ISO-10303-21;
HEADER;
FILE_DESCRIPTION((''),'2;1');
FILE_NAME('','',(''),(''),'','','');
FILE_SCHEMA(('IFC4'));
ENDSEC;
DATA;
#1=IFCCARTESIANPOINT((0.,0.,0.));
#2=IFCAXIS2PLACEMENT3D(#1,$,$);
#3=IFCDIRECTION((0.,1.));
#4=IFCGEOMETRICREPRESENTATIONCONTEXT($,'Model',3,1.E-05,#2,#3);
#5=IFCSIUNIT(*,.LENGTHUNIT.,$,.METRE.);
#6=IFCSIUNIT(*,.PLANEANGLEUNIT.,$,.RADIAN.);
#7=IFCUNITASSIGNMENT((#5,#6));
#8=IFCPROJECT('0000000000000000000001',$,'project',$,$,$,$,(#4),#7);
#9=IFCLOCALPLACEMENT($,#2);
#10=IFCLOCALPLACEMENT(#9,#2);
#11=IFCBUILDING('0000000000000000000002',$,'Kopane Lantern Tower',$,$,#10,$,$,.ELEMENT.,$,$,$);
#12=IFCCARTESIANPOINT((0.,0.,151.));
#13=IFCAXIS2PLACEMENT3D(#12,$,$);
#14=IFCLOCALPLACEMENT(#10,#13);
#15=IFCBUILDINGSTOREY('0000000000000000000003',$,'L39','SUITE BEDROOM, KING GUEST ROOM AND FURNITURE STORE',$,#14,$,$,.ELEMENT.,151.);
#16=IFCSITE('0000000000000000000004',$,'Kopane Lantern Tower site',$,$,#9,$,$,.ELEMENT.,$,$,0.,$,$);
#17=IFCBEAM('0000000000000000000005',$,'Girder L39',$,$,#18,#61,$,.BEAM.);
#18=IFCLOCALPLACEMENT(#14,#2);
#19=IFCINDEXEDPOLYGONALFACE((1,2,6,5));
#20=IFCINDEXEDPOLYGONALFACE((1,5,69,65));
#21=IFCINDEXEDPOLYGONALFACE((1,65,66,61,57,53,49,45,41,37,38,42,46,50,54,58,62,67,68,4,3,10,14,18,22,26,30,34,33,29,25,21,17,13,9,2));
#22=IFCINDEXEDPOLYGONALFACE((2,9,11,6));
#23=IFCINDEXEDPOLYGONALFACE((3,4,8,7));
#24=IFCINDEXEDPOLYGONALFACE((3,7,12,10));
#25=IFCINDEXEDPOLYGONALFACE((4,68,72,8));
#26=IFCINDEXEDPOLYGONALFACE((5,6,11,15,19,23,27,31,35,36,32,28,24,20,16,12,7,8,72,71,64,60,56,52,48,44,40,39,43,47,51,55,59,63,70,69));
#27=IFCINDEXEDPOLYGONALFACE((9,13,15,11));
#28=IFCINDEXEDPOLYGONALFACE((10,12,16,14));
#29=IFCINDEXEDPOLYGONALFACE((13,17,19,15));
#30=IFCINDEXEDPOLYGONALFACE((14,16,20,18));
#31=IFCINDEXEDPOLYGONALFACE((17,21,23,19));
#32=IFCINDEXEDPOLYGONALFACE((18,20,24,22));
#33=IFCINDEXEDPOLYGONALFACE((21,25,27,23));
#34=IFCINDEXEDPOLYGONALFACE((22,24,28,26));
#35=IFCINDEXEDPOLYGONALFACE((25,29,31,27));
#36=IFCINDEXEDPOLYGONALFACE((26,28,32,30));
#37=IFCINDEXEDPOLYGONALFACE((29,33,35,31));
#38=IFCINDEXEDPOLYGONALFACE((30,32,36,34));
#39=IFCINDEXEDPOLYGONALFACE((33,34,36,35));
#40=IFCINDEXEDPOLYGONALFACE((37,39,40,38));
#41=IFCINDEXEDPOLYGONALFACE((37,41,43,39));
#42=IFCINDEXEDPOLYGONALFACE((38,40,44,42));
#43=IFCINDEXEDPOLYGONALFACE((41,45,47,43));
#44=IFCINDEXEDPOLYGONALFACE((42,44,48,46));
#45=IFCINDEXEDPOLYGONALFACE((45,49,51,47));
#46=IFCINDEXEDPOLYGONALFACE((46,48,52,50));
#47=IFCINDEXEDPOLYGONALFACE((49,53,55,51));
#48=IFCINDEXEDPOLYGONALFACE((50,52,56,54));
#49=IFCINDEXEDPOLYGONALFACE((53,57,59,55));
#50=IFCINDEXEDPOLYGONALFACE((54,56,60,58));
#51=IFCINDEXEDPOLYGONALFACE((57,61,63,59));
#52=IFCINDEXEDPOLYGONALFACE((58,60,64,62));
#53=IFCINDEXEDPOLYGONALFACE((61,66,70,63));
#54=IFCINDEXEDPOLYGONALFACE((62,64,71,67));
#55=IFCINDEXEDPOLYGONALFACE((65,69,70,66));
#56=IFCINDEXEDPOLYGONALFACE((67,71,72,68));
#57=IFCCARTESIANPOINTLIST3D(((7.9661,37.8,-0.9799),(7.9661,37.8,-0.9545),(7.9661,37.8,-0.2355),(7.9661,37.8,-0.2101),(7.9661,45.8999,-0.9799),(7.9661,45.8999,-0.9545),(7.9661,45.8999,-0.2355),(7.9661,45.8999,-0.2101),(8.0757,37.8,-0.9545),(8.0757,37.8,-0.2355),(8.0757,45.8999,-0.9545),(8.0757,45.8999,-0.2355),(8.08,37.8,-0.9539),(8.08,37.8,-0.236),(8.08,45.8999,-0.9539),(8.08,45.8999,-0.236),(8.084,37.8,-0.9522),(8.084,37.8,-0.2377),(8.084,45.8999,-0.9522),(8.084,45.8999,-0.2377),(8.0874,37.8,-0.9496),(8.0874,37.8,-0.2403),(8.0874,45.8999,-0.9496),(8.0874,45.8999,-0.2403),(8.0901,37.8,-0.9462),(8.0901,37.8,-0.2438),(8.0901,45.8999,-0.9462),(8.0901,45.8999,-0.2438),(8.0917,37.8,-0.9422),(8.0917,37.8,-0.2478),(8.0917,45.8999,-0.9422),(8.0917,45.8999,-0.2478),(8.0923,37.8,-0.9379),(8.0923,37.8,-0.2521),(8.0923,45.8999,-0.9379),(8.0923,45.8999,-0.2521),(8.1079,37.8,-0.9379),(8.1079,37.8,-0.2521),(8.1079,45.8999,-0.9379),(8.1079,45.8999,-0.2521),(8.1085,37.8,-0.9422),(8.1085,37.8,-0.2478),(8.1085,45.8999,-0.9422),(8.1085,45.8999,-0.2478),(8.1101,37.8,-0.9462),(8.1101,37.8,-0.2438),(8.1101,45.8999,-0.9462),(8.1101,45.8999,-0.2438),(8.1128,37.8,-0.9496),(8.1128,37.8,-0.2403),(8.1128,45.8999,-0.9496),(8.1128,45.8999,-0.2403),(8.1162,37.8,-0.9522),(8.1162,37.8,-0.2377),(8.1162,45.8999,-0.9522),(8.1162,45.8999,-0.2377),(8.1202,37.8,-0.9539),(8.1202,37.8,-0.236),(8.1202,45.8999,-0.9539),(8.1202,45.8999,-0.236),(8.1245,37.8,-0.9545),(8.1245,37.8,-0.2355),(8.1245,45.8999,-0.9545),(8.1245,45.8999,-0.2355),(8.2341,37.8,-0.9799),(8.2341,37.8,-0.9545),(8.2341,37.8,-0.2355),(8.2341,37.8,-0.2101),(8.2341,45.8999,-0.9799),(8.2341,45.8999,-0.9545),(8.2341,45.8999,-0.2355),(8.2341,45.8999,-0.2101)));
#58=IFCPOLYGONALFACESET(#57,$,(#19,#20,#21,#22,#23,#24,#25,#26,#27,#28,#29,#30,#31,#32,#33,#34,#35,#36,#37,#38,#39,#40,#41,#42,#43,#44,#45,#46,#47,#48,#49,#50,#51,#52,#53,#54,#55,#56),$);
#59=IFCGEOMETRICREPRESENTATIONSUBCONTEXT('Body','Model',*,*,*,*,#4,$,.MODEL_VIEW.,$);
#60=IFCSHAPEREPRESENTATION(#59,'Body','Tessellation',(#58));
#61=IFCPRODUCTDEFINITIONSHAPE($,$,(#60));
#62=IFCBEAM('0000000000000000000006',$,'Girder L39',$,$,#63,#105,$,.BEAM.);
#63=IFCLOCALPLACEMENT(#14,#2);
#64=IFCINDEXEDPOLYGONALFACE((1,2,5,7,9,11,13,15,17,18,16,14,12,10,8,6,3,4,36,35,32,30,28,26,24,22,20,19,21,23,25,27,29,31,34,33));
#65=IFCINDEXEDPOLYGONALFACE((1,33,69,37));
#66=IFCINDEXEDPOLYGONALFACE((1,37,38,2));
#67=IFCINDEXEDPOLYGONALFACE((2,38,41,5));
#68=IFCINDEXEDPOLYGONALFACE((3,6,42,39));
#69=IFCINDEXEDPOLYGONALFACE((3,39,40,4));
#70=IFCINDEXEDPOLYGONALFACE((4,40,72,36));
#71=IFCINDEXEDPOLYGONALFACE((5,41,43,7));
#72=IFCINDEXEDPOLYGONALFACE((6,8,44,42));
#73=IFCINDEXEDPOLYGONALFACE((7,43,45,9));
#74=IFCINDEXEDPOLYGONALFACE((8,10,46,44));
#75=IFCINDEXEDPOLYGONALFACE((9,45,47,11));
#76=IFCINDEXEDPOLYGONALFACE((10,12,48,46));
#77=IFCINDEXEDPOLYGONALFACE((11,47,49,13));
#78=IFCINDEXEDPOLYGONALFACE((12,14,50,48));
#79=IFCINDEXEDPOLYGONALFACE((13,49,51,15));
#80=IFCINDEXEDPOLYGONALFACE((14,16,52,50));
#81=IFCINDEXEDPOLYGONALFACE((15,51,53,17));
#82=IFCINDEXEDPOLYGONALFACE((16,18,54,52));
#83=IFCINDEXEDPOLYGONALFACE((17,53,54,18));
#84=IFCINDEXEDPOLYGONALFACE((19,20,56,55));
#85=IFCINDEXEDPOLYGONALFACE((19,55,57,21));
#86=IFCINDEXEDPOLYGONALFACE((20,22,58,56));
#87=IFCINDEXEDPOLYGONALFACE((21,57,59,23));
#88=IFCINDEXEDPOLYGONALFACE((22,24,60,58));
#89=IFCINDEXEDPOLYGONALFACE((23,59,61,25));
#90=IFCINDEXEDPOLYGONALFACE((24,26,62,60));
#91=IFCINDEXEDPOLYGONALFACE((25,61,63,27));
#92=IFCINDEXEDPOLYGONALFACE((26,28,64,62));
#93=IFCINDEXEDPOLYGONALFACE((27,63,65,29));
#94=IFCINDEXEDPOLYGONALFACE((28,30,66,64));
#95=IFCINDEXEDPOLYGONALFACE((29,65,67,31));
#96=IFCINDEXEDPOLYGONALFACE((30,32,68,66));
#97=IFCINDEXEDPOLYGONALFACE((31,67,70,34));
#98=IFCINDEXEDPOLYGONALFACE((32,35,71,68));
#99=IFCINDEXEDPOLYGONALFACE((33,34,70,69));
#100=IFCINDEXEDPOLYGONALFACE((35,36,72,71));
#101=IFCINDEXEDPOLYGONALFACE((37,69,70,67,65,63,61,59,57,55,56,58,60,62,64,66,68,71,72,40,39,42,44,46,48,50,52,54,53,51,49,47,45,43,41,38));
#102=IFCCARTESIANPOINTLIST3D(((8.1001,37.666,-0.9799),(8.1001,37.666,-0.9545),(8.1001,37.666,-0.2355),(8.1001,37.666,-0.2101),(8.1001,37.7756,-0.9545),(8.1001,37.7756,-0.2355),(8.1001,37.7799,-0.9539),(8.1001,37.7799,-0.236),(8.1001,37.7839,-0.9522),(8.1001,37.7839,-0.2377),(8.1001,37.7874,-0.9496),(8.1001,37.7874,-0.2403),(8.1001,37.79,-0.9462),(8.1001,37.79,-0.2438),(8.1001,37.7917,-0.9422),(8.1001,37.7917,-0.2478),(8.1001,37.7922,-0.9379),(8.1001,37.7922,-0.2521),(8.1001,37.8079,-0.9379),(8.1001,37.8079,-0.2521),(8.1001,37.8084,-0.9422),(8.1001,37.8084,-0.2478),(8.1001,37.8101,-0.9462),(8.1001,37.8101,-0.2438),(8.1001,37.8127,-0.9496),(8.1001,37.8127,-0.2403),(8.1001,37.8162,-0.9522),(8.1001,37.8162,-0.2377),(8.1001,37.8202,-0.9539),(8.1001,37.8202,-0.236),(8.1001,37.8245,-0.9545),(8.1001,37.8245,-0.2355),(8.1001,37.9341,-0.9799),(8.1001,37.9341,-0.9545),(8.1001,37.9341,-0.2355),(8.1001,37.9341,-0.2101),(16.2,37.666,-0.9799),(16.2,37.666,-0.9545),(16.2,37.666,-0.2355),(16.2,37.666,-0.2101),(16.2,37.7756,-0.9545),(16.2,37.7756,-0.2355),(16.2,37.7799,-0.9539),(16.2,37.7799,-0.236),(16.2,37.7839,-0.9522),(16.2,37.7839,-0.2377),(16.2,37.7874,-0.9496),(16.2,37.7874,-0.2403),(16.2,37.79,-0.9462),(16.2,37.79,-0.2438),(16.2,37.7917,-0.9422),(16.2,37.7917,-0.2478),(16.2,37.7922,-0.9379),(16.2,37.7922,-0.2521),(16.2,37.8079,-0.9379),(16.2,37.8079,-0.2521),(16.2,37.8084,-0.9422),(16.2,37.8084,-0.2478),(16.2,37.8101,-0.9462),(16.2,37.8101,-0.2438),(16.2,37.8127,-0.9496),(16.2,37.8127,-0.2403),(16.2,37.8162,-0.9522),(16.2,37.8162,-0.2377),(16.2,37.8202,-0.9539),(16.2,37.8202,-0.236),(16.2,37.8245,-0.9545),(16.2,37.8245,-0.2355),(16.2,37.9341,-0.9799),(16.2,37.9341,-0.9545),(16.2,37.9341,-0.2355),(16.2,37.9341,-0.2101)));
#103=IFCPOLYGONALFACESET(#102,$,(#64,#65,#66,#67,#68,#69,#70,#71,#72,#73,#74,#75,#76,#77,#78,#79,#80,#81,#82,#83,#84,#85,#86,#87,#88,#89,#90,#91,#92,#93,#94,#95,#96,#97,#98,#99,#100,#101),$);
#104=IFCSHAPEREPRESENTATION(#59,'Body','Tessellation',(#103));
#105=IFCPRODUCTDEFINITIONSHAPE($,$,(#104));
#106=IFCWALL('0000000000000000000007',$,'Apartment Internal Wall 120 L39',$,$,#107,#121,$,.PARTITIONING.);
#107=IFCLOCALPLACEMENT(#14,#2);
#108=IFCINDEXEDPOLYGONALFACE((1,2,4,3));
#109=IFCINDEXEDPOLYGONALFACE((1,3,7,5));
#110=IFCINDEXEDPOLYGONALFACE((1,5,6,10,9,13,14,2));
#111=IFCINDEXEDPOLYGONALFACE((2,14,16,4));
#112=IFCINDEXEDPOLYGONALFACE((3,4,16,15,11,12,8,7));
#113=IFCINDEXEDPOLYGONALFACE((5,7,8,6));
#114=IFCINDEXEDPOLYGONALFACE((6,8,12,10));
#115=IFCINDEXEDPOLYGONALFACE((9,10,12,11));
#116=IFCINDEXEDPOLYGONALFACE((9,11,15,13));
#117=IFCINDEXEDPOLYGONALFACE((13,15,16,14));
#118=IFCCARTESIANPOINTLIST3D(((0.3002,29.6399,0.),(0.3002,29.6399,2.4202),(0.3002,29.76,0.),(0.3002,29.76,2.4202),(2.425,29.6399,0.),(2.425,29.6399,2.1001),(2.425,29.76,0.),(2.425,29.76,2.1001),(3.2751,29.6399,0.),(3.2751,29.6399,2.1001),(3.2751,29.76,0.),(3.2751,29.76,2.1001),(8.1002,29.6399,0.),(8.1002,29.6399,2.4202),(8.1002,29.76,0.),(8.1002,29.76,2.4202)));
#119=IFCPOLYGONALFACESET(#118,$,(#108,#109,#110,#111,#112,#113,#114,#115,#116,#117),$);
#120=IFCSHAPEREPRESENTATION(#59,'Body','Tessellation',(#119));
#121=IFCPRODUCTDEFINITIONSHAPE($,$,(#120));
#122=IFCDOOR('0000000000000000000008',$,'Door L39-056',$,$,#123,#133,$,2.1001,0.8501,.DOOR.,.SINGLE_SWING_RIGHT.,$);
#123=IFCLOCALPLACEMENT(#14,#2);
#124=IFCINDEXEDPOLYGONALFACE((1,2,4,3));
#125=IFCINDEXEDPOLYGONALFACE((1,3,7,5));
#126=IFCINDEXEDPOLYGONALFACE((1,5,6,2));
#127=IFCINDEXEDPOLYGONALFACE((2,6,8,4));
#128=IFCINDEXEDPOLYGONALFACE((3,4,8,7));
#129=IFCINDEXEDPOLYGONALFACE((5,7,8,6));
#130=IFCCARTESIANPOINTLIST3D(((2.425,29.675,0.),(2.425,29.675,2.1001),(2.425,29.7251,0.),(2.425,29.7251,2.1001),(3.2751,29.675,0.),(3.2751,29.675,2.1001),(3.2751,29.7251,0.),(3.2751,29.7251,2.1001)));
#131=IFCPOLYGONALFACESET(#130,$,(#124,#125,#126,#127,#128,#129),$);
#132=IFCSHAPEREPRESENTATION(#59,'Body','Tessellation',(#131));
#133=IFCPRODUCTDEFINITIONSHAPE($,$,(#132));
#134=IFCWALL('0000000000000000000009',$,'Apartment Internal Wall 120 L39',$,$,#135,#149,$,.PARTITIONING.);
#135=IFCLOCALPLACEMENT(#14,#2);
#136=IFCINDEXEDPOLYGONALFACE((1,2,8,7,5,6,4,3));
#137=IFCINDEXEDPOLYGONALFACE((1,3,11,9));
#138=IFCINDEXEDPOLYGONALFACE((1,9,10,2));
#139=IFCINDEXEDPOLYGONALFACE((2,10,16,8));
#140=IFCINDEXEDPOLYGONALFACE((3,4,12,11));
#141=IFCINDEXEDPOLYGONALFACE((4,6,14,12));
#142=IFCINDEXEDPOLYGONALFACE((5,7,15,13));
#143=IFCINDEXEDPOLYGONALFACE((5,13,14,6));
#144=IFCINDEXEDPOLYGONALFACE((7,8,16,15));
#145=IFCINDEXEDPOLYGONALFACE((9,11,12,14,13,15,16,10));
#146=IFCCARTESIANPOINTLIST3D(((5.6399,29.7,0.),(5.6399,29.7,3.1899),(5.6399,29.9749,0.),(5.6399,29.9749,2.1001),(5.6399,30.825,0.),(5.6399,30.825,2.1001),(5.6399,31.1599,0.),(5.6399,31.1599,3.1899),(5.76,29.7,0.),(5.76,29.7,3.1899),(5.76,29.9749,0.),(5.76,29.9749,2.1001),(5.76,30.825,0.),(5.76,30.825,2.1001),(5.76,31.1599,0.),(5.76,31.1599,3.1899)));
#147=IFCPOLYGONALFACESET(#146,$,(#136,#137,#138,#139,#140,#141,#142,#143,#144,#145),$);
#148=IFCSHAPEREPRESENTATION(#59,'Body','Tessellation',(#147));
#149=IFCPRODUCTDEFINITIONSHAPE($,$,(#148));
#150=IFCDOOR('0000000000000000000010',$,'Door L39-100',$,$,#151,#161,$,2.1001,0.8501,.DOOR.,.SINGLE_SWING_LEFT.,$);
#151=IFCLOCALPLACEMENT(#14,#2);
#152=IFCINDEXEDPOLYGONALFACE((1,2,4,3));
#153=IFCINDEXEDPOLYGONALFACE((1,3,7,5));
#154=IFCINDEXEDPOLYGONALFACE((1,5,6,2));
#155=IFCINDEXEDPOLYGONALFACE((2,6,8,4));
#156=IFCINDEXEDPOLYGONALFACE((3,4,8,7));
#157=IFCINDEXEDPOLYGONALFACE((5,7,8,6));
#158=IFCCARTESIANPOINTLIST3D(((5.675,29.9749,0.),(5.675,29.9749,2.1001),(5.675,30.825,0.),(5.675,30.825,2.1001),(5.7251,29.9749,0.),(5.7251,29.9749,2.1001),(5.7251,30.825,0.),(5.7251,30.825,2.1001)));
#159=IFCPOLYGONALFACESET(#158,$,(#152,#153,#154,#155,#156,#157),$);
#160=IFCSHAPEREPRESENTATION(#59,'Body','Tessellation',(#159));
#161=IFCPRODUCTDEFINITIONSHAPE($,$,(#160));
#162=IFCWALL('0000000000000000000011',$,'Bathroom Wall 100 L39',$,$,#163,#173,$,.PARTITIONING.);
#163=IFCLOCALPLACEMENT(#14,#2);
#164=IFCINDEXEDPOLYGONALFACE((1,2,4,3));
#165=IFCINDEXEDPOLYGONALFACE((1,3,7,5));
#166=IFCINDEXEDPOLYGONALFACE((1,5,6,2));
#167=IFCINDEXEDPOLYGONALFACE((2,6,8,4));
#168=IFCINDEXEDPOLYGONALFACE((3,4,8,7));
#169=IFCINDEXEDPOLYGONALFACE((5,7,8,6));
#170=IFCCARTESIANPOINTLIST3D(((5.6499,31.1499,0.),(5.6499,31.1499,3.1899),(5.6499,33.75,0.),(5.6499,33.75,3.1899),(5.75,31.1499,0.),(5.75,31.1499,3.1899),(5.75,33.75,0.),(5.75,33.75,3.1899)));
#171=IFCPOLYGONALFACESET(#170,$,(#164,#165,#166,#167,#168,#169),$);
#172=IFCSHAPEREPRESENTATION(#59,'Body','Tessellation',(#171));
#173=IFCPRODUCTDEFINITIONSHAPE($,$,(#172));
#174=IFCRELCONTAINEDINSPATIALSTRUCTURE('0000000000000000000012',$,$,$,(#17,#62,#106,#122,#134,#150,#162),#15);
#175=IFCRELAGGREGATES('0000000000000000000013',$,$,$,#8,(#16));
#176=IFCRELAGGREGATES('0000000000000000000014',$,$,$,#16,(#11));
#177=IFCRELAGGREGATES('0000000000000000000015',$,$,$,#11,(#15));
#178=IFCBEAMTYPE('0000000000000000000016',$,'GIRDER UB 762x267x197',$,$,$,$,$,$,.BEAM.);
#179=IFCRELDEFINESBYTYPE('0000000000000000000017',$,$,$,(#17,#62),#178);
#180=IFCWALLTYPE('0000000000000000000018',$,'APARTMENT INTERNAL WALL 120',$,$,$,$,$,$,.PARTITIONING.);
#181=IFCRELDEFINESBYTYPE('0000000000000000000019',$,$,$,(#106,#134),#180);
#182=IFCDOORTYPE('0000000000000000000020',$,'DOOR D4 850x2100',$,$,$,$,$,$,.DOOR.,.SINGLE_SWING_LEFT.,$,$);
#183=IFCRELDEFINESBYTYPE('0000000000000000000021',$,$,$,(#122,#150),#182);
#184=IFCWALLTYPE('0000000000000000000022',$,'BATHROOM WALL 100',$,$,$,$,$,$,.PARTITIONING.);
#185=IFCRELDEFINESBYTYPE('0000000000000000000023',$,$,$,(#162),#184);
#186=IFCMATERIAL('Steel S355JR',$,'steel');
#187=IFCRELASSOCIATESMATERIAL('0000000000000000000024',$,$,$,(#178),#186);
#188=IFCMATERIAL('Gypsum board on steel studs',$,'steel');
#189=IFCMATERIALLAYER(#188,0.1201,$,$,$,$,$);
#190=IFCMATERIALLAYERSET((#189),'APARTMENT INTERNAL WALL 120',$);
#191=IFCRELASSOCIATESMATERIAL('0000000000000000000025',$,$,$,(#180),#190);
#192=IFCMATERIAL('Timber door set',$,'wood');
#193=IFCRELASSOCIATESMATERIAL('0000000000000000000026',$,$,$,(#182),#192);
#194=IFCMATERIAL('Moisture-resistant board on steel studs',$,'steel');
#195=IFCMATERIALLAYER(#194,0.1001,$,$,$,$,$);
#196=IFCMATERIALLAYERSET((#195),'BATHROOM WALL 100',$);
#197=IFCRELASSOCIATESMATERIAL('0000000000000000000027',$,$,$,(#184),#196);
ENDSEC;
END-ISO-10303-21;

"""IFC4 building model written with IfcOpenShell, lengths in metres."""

from ifc_helpers import new_model, si_unit, direction, frame, frame_2d, origin, origin_2d, place, context, subcontext, project, spatial, rectangle, i_section, extrude, material, layer, layer_set, material_profile, profile_set, type_object, element, fill, save


model = new_model("IFC4")

# Units and contexts
model_context = context("Model", 3, precision=1e-05, world=origin(), true_north=direction((0.0, 1.0)))
body_context = subcontext(model_context, "Body", "Model", "MODEL_VIEW")
ifc_project = project(units=[si_unit("LENGTHUNIT", "METRE"), si_unit("PLANEANGLEUNIT", "RADIAN")], contexts=[model_context])

# Site, building, storey
site_placement = place(None, origin())
site = spatial("IfcSite", under=ifc_project, at=site_placement, Name="Kopane Lantern Tower site", CompositionType="ELEMENT", RefElevation=0.0)
building_placement = place(site_placement, origin())
building = spatial("IfcBuilding", under=site, at=building_placement, Name="Kopane Lantern Tower", CompositionType="ELEMENT")
storey_placement = place(building_placement, frame((0.0, 0.0, 151.0)))
storey = spatial("IfcBuildingStorey", under=building, at=storey_placement, Name="L39", Description="SUITE BEDROOM, KING GUEST ROOM AND FURNITURE STORE", CompositionType="ELEMENT", Elevation=151.0)

# Beams
ifc_material_1 = material(Name="Steel S355JR", Category="steel")
ifc_material_profile_1 = material_profile(ifc_material_1, i_section(OverallWidth=0.2681, OverallDepth=0.7698, WebThickness=0.0156, FlangeThickness=0.0254, FilletRadius=0.0166, at=origin_2d()), Name="UB 762x267x197")
ifc_profile_set_1 = profile_set([ifc_material_profile_1], Name="Steel S355JR")
beam_type = type_object("IfcBeamType", Name="GIRDER UB 762x267x197", PredefinedType="BEAM", material=ifc_profile_set_1)
for number, where, z_axis, x_axis, name in (
    (1, (8.1001, 37.8, -0.595), (0.0, 1.0, 0.0), (-1.0, 0.0, 0.0), "Girder L39"),
    (2, (8.1001, 37.8, -0.595), (1.0, 0.0, 0.0), (0.0, 1.0, 0.0), "Girder L39"),
):
    element("IfcBeam", number, at=place(storey_placement, frame(where, z_axis=z_axis, x_axis=x_axis)), inside=storey, type_object=beam_type, Name=name, PredefinedType="BEAM", context=body_context, shape_type="SweptSolid", body=[
        extrude(i_section(OverallWidth=0.2681, OverallDepth=0.7698, WebThickness=0.0156, FlangeThickness=0.0254, FilletRadius=0.0166, at=origin_2d()), origin(), (0.0, 0.0, 1.0), 8.0999),
    ])

# Walls, openings, doors
ifc_material_2 = material(Name="Gypsum board on steel studs", Category="steel")
ifc_layer_1 = layer(ifc_material_2, 0.1201)
ifc_layer_set_1 = layer_set([ifc_layer_1], Name="APARTMENT INTERNAL WALL 120")
wall_type_1 = type_object("IfcWallType", Name="APARTMENT INTERNAL WALL 120", PredefinedType="PARTITIONING", material=ifc_layer_set_1)
wall_1_placement = place(storey_placement, frame((8.1001, 29.7, 0.0), z_axis=(0.0, 0.0, 1.0), x_axis=(-1.0, 0.0, 0.0)))
wall_1 = element("IfcWall", 3, at=wall_1_placement, inside=storey, type_object=wall_type_1, Name="Apartment Internal Wall 120 L39", PredefinedType="PARTITIONING", context=body_context, shape_type="SweptSolid", body=[
    extrude(rectangle(XDim=7.8, YDim=0.1201, at=frame_2d((3.8999, 0.0))), origin(), (0.0, 0.0, 1.0), 2.4202),
])
opening_1_placement = place(wall_1_placement, frame((4.825, 0.0, 0.0)))
opening_1 = element("IfcOpeningElement", 4, at=opening_1_placement, cuts=wall_1, PredefinedType="OPENING", context=body_context, shape_type="SweptSolid", body=[
    extrude(rectangle(XDim=0.8501, YDim=2.1001, at=frame_2d((0.425, 1.05))), frame((0.0, 0.0701, 0.0), z_axis=(0.0, -1.0, 0.0), x_axis=(1.0, 0.0, 0.0)), (0.0, 0.0, 1.0), 0.1401),
])
ifc_material_3 = material(Name="Timber door set", Category="wood")
door_type_1 = type_object("IfcDoorType", Name="DOOR D4 850x2100", OperationType="SINGLE_SWING_LEFT", PredefinedType="DOOR", material=ifc_material_3)
door_1_placement = place(opening_1_placement, origin())
door_1 = element("IfcDoor", 5, at=door_1_placement, inside=storey, type_object=door_type_1, Name="Door L39-056", OperationType="SINGLE_SWING_RIGHT", OverallHeight=2.1001, OverallWidth=0.8501, PredefinedType="DOOR", context=body_context, shape_type="SweptSolid", body=[
    extrude(rectangle(XDim=0.8501, YDim=2.1001, at=frame_2d((0.425, 1.05))), frame((0.0, 0.0249, 0.0), z_axis=(0.0, -1.0, 0.0), x_axis=(1.0, 0.0, 0.0)), (0.0, 0.0, 1.0), 0.05),
])
fill(opening_1, door_1)
wall_2_placement = place(storey_placement, frame((5.7, 29.7, 0.0), z_axis=(0.0, 0.0, 1.0), x_axis=(0.0, 1.0, 0.0)))
wall_2 = element("IfcWall", 6, at=wall_2_placement, inside=storey, type_object=wall_type_1, Name="Apartment Internal Wall 120 L39", PredefinedType="PARTITIONING", context=body_context, shape_type="SweptSolid", body=[
    extrude(rectangle(XDim=1.46, YDim=0.1201, at=frame_2d((0.73, 0.0))), origin(), (0.0, 0.0, 1.0), 3.1899),
])
opening_2_placement = place(wall_2_placement, frame((0.2749, 0.0, 0.0)))
opening_2 = element("IfcOpeningElement", 7, at=opening_2_placement, cuts=wall_2, PredefinedType="OPENING", context=body_context, shape_type="SweptSolid", body=[
    extrude(rectangle(XDim=0.8501, YDim=2.1001, at=frame_2d((0.425, 1.05))), frame((0.0, 0.0701, 0.0), z_axis=(0.0, -1.0, 0.0), x_axis=(1.0, 0.0, 0.0)), (0.0, 0.0, 1.0), 0.1401),
])
door_2_placement = place(opening_2_placement, origin())
door_2 = element("IfcDoor", 8, at=door_2_placement, inside=storey, type_object=door_type_1, Name="Door L39-100", OperationType="SINGLE_SWING_LEFT", OverallHeight=2.1001, OverallWidth=0.8501, PredefinedType="DOOR", context=body_context, shape_type="SweptSolid", body=[
    extrude(rectangle(XDim=0.8501, YDim=2.1001, at=frame_2d((0.425, 1.05))), frame((0.0, 0.0249, 0.0), z_axis=(0.0, -1.0, 0.0), x_axis=(1.0, 0.0, 0.0)), (0.0, 0.0, 1.0), 0.05),
])
fill(opening_2, door_2)

# Wall
ifc_material_4 = material(Name="Moisture-resistant board on steel studs", Category="steel")
ifc_layer_2 = layer(ifc_material_4, 0.1001)
ifc_layer_set_2 = layer_set([ifc_layer_2], Name="BATHROOM WALL 100")
wall_type_2 = type_object("IfcWallType", Name="BATHROOM WALL 100", PredefinedType="PARTITIONING", material=ifc_layer_set_2)
wall_3_placement = place(storey_placement, frame((5.7, 31.1499, 0.0), z_axis=(0.0, 0.0, 1.0), x_axis=(0.0, 1.0, 0.0)))
element("IfcWall", 9, at=wall_3_placement, inside=storey, type_object=wall_type_2, Name="Bathroom Wall 100 L39", PredefinedType="PARTITIONING", context=body_context, shape_type="SweptSolid", body=[
    extrude(rectangle(XDim=2.6001, YDim=0.1001, at=frame_2d((1.3, 0.0))), origin(), (0.0, 0.0, 1.0), 3.1899),
])

save(model, "model.ifc")
